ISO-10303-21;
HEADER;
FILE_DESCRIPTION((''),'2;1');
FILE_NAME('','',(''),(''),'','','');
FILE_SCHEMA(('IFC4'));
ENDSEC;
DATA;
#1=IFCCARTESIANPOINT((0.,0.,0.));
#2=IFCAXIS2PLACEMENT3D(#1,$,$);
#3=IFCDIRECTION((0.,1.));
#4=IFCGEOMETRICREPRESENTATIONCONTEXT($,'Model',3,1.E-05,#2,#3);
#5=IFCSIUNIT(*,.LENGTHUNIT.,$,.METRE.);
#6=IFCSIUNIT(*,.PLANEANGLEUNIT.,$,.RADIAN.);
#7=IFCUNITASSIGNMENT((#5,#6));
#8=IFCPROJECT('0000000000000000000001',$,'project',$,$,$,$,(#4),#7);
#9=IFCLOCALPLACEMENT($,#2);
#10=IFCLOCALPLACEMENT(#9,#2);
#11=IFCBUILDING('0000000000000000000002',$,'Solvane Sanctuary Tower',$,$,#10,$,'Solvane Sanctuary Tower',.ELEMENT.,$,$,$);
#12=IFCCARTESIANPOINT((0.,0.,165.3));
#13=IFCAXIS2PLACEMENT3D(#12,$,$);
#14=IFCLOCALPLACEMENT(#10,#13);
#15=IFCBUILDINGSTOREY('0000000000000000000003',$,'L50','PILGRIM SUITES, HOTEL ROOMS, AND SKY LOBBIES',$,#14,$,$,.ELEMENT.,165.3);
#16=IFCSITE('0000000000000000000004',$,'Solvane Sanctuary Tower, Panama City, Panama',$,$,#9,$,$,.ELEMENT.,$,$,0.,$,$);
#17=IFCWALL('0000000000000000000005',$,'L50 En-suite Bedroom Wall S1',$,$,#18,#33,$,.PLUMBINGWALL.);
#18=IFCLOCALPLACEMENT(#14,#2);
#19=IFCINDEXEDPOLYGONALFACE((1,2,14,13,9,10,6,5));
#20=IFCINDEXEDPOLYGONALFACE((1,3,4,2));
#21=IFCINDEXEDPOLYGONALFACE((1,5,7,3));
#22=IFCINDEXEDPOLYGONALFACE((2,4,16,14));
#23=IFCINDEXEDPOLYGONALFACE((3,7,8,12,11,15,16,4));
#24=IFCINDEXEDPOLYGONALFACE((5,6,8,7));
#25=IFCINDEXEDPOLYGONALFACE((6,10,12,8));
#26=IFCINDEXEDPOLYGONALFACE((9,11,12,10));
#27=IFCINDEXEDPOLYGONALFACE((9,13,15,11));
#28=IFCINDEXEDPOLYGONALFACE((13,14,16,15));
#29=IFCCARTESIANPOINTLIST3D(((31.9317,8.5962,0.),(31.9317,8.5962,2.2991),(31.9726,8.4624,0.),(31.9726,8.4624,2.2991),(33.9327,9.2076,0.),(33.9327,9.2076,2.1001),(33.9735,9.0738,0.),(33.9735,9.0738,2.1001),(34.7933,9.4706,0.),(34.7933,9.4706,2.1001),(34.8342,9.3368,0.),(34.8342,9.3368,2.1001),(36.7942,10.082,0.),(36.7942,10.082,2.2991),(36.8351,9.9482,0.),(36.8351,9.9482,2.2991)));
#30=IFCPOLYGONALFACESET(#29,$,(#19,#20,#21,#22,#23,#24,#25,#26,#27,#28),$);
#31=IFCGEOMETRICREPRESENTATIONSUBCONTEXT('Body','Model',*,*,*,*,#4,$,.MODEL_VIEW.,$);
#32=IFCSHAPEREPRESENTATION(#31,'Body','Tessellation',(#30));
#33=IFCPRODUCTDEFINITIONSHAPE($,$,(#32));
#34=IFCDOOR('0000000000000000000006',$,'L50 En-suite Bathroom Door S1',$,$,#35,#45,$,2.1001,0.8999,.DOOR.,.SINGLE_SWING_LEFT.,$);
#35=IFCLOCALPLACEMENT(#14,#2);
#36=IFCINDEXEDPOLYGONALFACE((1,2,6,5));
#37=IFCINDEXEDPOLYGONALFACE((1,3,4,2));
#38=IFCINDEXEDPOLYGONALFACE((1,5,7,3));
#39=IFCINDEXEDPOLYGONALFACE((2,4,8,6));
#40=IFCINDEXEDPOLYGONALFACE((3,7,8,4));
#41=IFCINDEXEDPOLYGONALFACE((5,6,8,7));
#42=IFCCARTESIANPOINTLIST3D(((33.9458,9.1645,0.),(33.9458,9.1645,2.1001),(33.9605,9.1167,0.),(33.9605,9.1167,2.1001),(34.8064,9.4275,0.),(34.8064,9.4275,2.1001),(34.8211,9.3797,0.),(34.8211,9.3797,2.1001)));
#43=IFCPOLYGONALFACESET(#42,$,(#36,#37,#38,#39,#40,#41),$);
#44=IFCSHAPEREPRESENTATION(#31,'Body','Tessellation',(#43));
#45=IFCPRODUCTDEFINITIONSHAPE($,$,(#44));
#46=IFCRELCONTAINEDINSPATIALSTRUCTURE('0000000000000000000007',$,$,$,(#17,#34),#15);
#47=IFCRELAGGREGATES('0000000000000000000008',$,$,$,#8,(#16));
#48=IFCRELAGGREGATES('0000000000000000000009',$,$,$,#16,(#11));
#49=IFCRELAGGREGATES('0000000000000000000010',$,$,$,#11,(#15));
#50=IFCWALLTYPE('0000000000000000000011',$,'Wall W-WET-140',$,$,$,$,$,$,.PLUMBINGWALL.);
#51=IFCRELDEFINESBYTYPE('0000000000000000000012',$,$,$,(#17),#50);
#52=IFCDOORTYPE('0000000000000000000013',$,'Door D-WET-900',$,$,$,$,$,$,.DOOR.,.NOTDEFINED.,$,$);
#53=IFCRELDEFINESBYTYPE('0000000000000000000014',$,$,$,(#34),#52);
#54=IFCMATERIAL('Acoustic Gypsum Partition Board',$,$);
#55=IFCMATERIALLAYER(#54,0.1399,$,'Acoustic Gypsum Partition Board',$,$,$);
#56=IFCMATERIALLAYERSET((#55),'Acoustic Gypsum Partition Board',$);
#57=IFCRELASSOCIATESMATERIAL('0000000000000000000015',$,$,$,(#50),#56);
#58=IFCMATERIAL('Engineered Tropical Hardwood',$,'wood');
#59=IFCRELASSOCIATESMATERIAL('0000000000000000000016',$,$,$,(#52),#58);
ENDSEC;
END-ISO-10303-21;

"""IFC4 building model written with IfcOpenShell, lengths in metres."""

from ifc_helpers import new_model, si_unit, direction, frame, frame_2d, origin, place, context, subcontext, project, spatial, rectangle, extrude, material, layer, layer_set, type_object, element, fill, save


model = new_model("IFC4")

# Units and contexts
model_context = context("Model", 3, precision=1e-05, world=origin(), true_north=direction((0.0, 1.0)))
body_context = subcontext(model_context, "Body", "Model", "MODEL_VIEW")
ifc_project = project(units=[si_unit("LENGTHUNIT", "METRE"), si_unit("PLANEANGLEUNIT", "RADIAN")], contexts=[model_context])

# Site, building, storey
site_placement = place(None, origin())
site = spatial("IfcSite", under=ifc_project, at=site_placement, Name="Solvane Sanctuary Tower, Panama City, Panama", CompositionType="ELEMENT", RefElevation=0.0)
building_placement = place(site_placement, origin())
building = spatial("IfcBuilding", under=site, at=building_placement, Name="Solvane Sanctuary Tower", LongName="Solvane Sanctuary Tower", CompositionType="ELEMENT")
storey_placement = place(building_placement, frame((0.0, 0.0, 165.3)))
storey = spatial("IfcBuildingStorey", under=building, at=storey_placement, Name="L50", Description="PILGRIM SUITES, HOTEL ROOMS, AND SKY LOBBIES", CompositionType="ELEMENT", Elevation=165.3)

# Shared definitions
ifc_material_1 = material(Name="Acoustic Gypsum Partition Board")

# Shared definitions
ifc_material_2 = material(Name="Engineered Tropical Hardwood", Category="wood")

# Shared definitions
ifc_layer_1 = layer(ifc_material_1, 0.1399, Name="Acoustic Gypsum Partition Board")
ifc_layer_set_1 = layer_set([ifc_layer_1], Name="Acoustic Gypsum Partition Board")
wall_type_1 = type_object("IfcWallType", Name="Wall W-WET-140", PredefinedType="PLUMBINGWALL", material=ifc_layer_set_1)

# Wall, opening, door
wall_1_placement = place(storey_placement, frame((31.9521, 8.5293, 0.0), z_axis=(0.0, 0.0, 1.0), x_axis=(0.956348, 0.29223, 0.0)))
wall_1 = element("IfcWall", 1, at=wall_1_placement, inside=storey, type_object=wall_type_1, Name="L50 En-suite Bedroom Wall S1", PredefinedType="PLUMBINGWALL", context=body_context, shape_type="SweptSolid", body=[
    extrude(rectangle(XDim=5.0845, YDim=0.1399, at=frame_2d((2.5422, 0.0))), origin(), (0.0, 0.0, 1.0), 2.2991),
])
opening_1_placement = place(wall_1_placement, frame((2.0923, 0.0, 0.0)))
opening_1 = element("IfcOpeningElement", 2, at=opening_1_placement, cuts=wall_1, PredefinedType="OPENING", context=body_context, shape_type="SweptSolid", body=[
    extrude(rectangle(XDim=0.8999, YDim=2.1001, at=frame_2d((0.45, 1.05))), frame((0.0, 0.0798, 0.0), z_axis=(0.0, -1.0, 0.0), x_axis=(1.0, 0.0, 0.0)), (0.0, 0.0, 1.0), 0.1599),
])
door_type_1 = type_object("IfcDoorType", Name="Door D-WET-900", OperationType="NOTDEFINED", PredefinedType="DOOR", material=ifc_material_2)
door_1_placement = place(opening_1_placement, origin())
door_1 = element("IfcDoor", 3, at=door_1_placement, inside=storey, type_object=door_type_1, Name="L50 En-suite Bathroom Door S1", OperationType="SINGLE_SWING_LEFT", OverallHeight=2.1001, OverallWidth=0.8999, PredefinedType="DOOR", context=body_context, shape_type="SweptSolid", body=[
    extrude(rectangle(XDim=0.8999, YDim=2.1001, at=frame_2d((0.45, 1.05))), frame((0.0, 0.0249, 0.0), z_axis=(0.0, -1.0, 0.0), x_axis=(1.0, 0.0, 0.0)), (0.0, 0.0, 1.0), 0.05),
])
fill(opening_1, door_1)

save(model, "model.ifc")
